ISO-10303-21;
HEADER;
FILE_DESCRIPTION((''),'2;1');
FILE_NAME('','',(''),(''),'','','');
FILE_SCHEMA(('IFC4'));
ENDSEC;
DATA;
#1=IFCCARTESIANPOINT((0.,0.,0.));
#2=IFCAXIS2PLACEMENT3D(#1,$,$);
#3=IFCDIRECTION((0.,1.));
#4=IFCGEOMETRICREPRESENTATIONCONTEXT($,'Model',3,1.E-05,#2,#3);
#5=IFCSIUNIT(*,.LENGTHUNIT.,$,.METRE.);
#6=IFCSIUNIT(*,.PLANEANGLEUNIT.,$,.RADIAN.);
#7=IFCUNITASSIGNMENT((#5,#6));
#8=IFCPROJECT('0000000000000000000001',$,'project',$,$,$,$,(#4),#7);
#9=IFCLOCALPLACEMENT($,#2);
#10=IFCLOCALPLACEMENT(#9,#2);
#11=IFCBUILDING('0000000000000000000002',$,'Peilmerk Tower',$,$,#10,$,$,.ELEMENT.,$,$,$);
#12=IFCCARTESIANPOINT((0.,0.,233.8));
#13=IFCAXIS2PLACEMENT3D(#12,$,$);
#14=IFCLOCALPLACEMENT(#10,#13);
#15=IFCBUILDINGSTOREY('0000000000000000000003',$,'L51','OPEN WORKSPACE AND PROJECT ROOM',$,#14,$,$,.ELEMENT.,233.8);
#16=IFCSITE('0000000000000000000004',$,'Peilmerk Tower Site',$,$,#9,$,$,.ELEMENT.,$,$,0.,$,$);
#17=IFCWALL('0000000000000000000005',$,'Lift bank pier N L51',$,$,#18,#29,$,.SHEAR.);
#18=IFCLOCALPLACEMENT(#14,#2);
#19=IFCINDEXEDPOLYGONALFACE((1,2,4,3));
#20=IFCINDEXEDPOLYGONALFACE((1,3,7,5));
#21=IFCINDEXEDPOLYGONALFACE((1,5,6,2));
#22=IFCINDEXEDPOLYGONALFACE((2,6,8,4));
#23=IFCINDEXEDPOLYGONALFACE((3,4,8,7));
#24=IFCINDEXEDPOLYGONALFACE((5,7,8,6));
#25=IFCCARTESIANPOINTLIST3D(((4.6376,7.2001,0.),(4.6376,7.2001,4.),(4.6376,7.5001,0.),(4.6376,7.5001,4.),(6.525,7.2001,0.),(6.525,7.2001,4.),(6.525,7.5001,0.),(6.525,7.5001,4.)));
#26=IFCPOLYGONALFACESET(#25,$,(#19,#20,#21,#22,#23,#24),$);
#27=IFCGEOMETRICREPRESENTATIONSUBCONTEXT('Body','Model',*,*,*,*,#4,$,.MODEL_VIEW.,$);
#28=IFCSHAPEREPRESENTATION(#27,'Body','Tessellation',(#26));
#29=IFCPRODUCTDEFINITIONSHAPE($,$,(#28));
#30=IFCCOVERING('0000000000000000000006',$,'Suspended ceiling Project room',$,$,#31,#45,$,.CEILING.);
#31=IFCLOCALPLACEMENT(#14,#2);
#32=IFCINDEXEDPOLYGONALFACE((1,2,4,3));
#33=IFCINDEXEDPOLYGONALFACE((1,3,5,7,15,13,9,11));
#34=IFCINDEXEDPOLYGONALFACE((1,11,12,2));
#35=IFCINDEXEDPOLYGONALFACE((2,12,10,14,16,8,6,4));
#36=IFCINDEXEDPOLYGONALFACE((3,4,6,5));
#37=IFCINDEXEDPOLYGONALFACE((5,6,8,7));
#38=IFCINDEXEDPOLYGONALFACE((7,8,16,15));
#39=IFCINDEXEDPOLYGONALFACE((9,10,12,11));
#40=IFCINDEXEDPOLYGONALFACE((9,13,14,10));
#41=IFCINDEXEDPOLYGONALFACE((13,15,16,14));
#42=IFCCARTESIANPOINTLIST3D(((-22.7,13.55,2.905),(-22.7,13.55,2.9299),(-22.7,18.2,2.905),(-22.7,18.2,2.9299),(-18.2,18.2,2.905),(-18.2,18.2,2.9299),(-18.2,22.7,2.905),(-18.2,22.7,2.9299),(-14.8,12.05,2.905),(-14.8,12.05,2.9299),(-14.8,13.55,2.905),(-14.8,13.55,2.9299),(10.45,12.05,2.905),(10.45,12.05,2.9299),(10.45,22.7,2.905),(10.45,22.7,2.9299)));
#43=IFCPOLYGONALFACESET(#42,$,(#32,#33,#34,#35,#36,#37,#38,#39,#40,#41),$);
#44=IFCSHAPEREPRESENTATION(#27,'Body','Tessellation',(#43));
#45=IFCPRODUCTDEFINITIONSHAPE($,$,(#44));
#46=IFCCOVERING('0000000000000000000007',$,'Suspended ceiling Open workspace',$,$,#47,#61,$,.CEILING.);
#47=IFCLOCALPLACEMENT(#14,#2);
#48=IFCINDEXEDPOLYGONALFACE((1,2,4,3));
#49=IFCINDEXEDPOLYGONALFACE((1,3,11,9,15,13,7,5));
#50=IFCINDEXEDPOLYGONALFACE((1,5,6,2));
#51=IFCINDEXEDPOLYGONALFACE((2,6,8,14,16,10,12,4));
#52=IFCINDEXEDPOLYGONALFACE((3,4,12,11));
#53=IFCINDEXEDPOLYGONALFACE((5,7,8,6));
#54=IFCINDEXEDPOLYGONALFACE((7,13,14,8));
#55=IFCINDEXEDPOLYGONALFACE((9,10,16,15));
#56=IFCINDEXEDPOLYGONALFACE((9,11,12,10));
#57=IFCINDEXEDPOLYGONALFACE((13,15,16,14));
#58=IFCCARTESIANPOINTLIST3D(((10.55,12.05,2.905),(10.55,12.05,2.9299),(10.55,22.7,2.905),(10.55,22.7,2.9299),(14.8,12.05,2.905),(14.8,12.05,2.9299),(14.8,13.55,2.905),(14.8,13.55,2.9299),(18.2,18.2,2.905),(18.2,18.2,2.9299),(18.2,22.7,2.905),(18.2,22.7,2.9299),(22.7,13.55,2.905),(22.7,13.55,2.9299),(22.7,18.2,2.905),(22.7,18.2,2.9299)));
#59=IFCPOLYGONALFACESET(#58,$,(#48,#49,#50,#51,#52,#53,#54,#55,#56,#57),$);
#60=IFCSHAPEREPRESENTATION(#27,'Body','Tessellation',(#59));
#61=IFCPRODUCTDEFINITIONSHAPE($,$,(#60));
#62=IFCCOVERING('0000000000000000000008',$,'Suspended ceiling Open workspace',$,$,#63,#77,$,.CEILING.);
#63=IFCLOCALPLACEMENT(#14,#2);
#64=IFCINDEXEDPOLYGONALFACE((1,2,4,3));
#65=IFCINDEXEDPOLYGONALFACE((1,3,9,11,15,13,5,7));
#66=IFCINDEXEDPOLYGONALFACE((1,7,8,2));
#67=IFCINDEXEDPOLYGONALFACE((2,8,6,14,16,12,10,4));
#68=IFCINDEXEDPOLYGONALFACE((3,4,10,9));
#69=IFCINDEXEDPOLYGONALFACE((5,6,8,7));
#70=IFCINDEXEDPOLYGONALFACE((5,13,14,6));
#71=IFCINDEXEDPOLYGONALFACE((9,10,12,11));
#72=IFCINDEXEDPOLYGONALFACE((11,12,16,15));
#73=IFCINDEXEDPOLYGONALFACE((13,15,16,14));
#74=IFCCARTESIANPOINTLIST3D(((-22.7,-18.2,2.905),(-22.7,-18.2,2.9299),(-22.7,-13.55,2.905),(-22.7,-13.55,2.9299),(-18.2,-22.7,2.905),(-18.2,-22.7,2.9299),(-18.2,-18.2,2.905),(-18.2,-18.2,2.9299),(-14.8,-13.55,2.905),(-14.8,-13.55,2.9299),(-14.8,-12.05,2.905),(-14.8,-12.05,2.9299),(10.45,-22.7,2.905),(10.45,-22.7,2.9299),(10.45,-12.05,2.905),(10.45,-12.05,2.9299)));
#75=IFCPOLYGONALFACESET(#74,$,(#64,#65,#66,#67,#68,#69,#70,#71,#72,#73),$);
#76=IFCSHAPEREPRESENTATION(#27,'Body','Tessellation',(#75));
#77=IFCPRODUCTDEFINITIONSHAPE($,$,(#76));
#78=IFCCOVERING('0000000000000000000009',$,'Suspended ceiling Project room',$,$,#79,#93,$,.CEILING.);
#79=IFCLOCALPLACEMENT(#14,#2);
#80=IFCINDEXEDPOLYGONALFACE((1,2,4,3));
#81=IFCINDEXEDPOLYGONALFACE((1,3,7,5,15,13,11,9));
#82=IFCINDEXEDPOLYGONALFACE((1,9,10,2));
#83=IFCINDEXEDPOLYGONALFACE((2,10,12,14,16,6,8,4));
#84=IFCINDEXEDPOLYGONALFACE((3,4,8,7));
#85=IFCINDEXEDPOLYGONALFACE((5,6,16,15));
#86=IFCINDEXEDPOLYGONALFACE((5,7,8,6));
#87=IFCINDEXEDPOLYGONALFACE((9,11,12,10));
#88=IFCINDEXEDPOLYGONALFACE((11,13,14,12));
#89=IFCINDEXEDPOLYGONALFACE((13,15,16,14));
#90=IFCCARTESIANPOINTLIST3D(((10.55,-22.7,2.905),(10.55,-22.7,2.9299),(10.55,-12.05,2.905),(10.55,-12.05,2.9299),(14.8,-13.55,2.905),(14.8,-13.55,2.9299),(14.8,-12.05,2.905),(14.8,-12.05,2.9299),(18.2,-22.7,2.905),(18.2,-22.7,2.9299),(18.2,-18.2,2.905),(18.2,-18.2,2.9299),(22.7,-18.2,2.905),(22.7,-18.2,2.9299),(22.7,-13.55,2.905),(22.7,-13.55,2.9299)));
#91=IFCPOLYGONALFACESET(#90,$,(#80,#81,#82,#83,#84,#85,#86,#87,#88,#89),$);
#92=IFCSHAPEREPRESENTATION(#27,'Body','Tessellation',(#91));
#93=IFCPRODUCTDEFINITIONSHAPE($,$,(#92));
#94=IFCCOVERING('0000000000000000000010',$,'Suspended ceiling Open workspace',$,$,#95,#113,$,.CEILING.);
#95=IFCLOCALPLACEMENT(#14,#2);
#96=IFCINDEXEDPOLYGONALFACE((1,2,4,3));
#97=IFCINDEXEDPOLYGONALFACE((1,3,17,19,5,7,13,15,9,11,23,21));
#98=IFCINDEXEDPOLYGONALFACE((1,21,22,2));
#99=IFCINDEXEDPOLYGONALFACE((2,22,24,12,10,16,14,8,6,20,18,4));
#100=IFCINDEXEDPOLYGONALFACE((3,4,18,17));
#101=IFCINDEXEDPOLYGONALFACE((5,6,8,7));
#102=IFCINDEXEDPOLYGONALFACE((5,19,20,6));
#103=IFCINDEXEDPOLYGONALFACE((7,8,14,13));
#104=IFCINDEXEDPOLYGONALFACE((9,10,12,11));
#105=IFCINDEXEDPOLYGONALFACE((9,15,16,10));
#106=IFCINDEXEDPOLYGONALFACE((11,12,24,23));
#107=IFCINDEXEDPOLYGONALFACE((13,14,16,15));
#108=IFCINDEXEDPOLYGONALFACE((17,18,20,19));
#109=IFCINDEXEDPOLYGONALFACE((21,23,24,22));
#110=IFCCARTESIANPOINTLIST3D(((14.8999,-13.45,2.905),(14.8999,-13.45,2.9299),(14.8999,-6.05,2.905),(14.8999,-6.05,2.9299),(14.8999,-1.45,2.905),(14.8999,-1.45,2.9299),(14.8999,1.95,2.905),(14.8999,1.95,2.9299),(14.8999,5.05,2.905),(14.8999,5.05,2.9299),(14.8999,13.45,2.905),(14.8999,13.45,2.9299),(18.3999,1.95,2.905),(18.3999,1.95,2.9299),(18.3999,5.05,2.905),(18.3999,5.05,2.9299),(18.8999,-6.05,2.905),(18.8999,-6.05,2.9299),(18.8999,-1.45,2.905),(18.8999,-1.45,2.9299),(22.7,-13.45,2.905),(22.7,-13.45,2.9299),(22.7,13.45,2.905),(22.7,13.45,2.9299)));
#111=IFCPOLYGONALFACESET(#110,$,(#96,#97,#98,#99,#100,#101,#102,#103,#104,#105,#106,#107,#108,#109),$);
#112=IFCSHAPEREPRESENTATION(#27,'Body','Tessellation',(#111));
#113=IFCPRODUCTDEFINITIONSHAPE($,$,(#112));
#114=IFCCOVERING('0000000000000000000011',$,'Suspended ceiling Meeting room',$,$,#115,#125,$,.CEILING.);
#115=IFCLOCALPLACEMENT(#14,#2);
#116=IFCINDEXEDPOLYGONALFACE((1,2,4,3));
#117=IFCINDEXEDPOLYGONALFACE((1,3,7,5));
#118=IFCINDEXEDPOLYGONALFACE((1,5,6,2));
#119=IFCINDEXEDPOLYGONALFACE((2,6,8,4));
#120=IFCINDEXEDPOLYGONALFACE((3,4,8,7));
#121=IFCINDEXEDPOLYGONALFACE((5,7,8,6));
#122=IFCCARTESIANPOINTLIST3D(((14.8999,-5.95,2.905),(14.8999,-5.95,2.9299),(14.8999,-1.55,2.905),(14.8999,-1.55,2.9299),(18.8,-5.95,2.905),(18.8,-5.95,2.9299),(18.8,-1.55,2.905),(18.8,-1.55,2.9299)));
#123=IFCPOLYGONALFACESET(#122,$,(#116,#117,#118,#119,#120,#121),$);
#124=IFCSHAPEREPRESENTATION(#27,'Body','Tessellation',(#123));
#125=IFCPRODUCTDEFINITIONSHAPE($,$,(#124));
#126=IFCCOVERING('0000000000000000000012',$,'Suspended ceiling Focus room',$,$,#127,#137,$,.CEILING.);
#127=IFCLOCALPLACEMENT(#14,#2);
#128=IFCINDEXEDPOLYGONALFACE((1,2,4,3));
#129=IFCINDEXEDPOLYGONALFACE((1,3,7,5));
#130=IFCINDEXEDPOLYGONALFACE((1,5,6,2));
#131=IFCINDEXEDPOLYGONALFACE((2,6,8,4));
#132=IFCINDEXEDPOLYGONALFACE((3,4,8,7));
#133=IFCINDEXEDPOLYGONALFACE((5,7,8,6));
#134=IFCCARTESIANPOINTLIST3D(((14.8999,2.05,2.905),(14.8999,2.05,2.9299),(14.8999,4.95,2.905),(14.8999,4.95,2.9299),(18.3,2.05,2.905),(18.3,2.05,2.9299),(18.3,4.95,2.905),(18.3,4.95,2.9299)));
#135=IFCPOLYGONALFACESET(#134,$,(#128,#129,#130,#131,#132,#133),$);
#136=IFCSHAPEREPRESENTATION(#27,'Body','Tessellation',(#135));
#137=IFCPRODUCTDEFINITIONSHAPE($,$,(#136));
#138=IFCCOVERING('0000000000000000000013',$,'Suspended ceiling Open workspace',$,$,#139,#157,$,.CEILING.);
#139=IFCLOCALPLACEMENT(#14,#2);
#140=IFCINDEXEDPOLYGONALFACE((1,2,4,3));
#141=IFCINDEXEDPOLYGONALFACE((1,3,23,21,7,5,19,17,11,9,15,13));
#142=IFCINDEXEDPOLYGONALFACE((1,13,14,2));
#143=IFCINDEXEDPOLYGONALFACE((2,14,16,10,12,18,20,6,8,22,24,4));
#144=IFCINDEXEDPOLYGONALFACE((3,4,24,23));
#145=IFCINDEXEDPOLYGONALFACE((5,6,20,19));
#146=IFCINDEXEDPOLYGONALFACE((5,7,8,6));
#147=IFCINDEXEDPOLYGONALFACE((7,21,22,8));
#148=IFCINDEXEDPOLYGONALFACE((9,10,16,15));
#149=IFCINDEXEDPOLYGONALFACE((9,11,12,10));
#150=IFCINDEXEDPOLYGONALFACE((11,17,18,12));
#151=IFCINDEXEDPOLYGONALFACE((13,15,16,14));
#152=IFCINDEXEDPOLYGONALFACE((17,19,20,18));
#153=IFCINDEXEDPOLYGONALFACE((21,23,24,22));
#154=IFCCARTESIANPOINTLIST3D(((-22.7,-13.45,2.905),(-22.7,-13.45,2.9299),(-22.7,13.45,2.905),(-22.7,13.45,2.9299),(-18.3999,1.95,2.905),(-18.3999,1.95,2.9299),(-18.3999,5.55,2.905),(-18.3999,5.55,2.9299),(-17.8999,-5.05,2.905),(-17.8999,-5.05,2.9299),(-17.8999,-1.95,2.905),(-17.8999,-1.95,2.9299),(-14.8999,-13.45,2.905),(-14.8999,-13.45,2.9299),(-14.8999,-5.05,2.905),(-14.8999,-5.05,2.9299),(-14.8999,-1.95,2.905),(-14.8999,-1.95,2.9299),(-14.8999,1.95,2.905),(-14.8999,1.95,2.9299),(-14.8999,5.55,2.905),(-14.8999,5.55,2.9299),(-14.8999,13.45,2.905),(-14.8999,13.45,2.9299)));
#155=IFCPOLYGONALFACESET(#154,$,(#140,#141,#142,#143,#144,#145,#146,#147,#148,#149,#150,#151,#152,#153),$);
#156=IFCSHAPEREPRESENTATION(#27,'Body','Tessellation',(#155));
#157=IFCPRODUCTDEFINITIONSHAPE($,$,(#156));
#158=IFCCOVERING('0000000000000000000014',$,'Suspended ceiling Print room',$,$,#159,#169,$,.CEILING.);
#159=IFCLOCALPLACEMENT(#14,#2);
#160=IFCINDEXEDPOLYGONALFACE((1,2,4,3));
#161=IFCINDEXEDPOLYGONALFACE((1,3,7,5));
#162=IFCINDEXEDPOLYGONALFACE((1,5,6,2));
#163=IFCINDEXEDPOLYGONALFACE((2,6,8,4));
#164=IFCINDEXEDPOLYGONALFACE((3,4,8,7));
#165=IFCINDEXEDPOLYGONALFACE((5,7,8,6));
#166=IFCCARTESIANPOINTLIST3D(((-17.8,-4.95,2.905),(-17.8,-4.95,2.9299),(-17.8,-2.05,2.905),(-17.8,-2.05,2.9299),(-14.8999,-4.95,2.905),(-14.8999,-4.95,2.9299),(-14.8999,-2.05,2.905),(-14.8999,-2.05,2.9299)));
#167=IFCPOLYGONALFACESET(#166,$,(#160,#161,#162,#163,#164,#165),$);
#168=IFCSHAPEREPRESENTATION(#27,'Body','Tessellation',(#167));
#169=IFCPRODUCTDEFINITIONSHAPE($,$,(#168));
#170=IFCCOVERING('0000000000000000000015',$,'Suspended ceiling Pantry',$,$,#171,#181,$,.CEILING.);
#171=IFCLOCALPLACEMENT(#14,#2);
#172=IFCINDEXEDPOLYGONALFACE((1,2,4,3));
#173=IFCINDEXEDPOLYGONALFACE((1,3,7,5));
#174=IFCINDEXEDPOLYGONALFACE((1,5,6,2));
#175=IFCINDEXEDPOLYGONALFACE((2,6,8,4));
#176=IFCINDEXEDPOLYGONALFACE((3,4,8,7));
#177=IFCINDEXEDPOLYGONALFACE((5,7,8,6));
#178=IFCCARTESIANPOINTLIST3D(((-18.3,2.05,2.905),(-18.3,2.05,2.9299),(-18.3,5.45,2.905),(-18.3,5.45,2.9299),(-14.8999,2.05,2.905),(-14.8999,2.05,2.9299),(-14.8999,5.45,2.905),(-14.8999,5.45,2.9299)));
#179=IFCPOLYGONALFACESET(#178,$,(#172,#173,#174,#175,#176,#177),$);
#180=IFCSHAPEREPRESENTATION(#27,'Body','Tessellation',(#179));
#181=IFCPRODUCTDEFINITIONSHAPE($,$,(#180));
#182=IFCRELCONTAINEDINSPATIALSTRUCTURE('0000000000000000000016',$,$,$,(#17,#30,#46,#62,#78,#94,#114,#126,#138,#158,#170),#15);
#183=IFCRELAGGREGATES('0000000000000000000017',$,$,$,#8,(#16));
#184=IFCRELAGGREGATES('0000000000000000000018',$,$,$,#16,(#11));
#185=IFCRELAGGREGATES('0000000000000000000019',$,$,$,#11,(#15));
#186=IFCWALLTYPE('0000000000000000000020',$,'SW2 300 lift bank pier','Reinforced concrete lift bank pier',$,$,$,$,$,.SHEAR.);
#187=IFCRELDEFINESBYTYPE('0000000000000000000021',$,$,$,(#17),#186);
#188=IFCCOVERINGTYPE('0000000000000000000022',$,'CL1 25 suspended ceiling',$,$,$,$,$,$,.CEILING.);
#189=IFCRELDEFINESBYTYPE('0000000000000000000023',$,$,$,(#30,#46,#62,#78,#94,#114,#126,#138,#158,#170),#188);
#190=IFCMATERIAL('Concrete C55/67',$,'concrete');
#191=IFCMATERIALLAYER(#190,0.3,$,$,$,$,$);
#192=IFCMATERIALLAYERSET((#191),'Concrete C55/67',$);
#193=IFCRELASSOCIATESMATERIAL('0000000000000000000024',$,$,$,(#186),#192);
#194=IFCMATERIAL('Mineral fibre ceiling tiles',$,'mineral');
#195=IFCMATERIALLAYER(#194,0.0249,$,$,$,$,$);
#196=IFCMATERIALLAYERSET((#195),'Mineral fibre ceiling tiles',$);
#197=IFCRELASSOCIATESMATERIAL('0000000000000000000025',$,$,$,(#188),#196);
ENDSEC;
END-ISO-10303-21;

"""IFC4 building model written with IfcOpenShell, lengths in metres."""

from ifc_helpers import new_model, si_unit, direction, frame, frame_2d, origin, place, context, subcontext, project, spatial, polyline, rectangle, outline, extrude, material, layer, layer_set, type_object, element, save


model = new_model("IFC4")

# Units and contexts
model_context = context("Model", 3, precision=1e-05, world=origin(), true_north=direction((0.0, 1.0)))
body_context = subcontext(model_context, "Body", "Model", "MODEL_VIEW")
ifc_project = project(units=[si_unit("LENGTHUNIT", "METRE"), si_unit("PLANEANGLEUNIT", "RADIAN")], contexts=[model_context])

# Site, building, storey
site_placement = place(None, origin())
site = spatial("IfcSite", under=ifc_project, at=site_placement, Name="Peilmerk Tower Site", CompositionType="ELEMENT", RefElevation=0.0)
building_placement = place(site_placement, origin())
building = spatial("IfcBuilding", under=site, at=building_placement, Name="Peilmerk Tower", CompositionType="ELEMENT")
storey_placement = place(building_placement, frame((0.0, 0.0, 233.8)))
storey = spatial("IfcBuildingStorey", under=building, at=storey_placement, Name="L51", Description="OPEN WORKSPACE AND PROJECT ROOM", CompositionType="ELEMENT", Elevation=233.8)

# Wall
ifc_material_1 = material(Name="Concrete C55/67", Category="concrete")
ifc_layer_1 = layer(ifc_material_1, 0.3)
ifc_layer_set_1 = layer_set([ifc_layer_1], Name="Concrete C55/67")
wall_type_1 = type_object("IfcWallType", Name="SW2 300 lift bank pier", Description="Reinforced concrete lift bank pier", PredefinedType="SHEAR", material=ifc_layer_set_1)
wall_1_placement = place(storey_placement, frame((4.6375, 7.3501, 0.0), z_axis=(0.0, 0.0, 1.0), x_axis=(1.0, 0.0, 0.0)))
element("IfcWall", 1, at=wall_1_placement, inside=storey, type_object=wall_type_1, Name="Lift bank pier N L51", PredefinedType="SHEAR", context=body_context, shape_type="SweptSolid", body=[
    extrude(rectangle(XDim=1.8875, YDim=0.3, at=frame_2d((0.9438, 0.0))), origin(), (0.0, 0.0, 1.0), 4.0),
])

# Coverings
ifc_material_2 = material(Name="Mineral fibre ceiling tiles", Category="mineral")
ifc_layer_2 = layer(ifc_material_2, 0.0249)
ifc_layer_set_2 = layer_set([ifc_layer_2], Name="Mineral fibre ceiling tiles")
covering_type = type_object("IfcCoveringType", Name="CL1 25 suspended ceiling", PredefinedType="CEILING", material=ifc_layer_set_2)
covering_1_placement = place(storey_placement, frame((0.0, 0.0, 2.905)))
element("IfcCovering", 2, at=covering_1_placement, inside=storey, type_object=covering_type, Name="Suspended ceiling Project room", PredefinedType="CEILING", context=body_context, shape_type="SweptSolid", body=[
    extrude(outline(polyline([(-22.7, 18.2), (-22.7, 13.55), (-14.8, 13.55), (-14.8, 12.05), (10.45, 12.05), (10.45, 22.7), (-18.2, 22.7), (-18.2, 18.2), (-22.7, 18.2)])), origin(), (0.0, 0.0, 1.0), 0.0249),
])
covering_2_placement = place(storey_placement, frame((0.0, 0.0, 2.905)))
element("IfcCovering", 3, at=covering_2_placement, inside=storey, type_object=covering_type, Name="Suspended ceiling Open workspace", PredefinedType="CEILING", context=body_context, shape_type="SweptSolid", body=[
    extrude(outline(polyline([(18.2, 22.7), (10.55, 22.7), (10.55, 12.05), (14.8, 12.05), (14.8, 13.55), (22.7, 13.55), (22.7, 18.2), (18.2, 18.2), (18.2, 22.7)])), origin(), (0.0, 0.0, 1.0), 0.0249),
])
covering_3_placement = place(storey_placement, frame((0.0, 0.0, 2.905)))
element("IfcCovering", 4, at=covering_3_placement, inside=storey, type_object=covering_type, Name="Suspended ceiling Open workspace", PredefinedType="CEILING", context=body_context, shape_type="SweptSolid", body=[
    extrude(outline(polyline([(-18.2, -22.7), (10.45, -22.7), (10.45, -12.05), (-14.8, -12.05), (-14.8, -13.55), (-22.7, -13.55), (-22.7, -18.2), (-18.2, -18.2), (-18.2, -22.7)])), origin(), (0.0, 0.0, 1.0), 0.0249),
])
covering_4_placement = place(storey_placement, frame((0.0, 0.0, 2.905)))
element("IfcCovering", 5, at=covering_4_placement, inside=storey, type_object=covering_type, Name="Suspended ceiling Project room", PredefinedType="CEILING", context=body_context, shape_type="SweptSolid", body=[
    extrude(outline(polyline([(10.55, -22.7), (18.2, -22.7), (18.2, -18.2), (22.7, -18.2), (22.7, -13.55), (14.8, -13.55), (14.8, -12.05), (10.55, -12.05), (10.55, -22.7)])), origin(), (0.0, 0.0, 1.0), 0.0249),
])
covering_5_placement = place(storey_placement, frame((0.0, 0.0, 2.905)))
element("IfcCovering", 6, at=covering_5_placement, inside=storey, type_object=covering_type, Name="Suspended ceiling Open workspace", PredefinedType="CEILING", context=body_context, shape_type="SweptSolid", body=[
    extrude(outline(polyline([(14.8999, -13.45), (22.7, -13.45), (22.7, 13.45), (14.8999, 13.45), (14.8999, 5.05), (18.3999, 5.05), (18.3999, 1.95), (14.8999, 1.95), (14.8999, -1.45), (18.8999, -1.45), (18.8999, -6.05), (14.8999, -6.05), (14.8999, -13.45)])), origin(), (0.0, 0.0, 1.0), 0.0249),
])
covering_6_placement = place(storey_placement, frame((0.0, 0.0, 2.905)))
element("IfcCovering", 7, at=covering_6_placement, inside=storey, type_object=covering_type, Name="Suspended ceiling Meeting room", PredefinedType="CEILING", context=body_context, shape_type="SweptSolid", body=[
    extrude(outline(polyline([(18.8, -5.95), (18.8, -1.55), (14.8999, -1.55), (14.8999, -5.95), (18.8, -5.95)])), origin(), (0.0, 0.0, 1.0), 0.0249),
])
covering_7_placement = place(storey_placement, frame((0.0, 0.0, 2.905)))
element("IfcCovering", 8, at=covering_7_placement, inside=storey, type_object=covering_type, Name="Suspended ceiling Focus room", PredefinedType="CEILING", context=body_context, shape_type="SweptSolid", body=[
    extrude(outline(polyline([(18.3, 2.05), (18.3, 4.95), (14.8999, 4.95), (14.8999, 2.05), (18.3, 2.05)])), origin(), (0.0, 0.0, 1.0), 0.0249),
])
covering_8_placement = place(storey_placement, frame((0.0, 0.0, 2.905)))
element("IfcCovering", 9, at=covering_8_placement, inside=storey, type_object=covering_type, Name="Suspended ceiling Open workspace", PredefinedType="CEILING", context=body_context, shape_type="SweptSolid", body=[
    extrude(outline(polyline([(-14.8999, 13.45), (-22.7, 13.45), (-22.7, -13.45), (-14.8999, -13.45), (-14.8999, -5.05), (-17.8999, -5.05), (-17.8999, -1.95), (-14.8999, -1.95), (-14.8999, 1.95), (-18.3999, 1.95), (-18.3999, 5.55), (-14.8999, 5.55), (-14.8999, 13.45)])), origin(), (0.0, 0.0, 1.0), 0.0249),
])
covering_9_placement = place(storey_placement, frame((0.0, 0.0, 2.905)))
element("IfcCovering", 10, at=covering_9_placement, inside=storey, type_object=covering_type, Name="Suspended ceiling Print room", PredefinedType="CEILING", context=body_context, shape_type="SweptSolid", body=[
    extrude(outline(polyline([(-14.8999, -4.95), (-14.8999, -2.05), (-17.8, -2.05), (-17.8, -4.95), (-14.8999, -4.95)])), origin(), (0.0, 0.0, 1.0), 0.0249),
])
covering_10_placement = place(storey_placement, frame((0.0, 0.0, 2.905)))
element("IfcCovering", 11, at=covering_10_placement, inside=storey, type_object=covering_type, Name="Suspended ceiling Pantry", PredefinedType="CEILING", context=body_context, shape_type="SweptSolid", body=[
    extrude(outline(polyline([(-14.8999, 2.05), (-14.8999, 5.45), (-18.3, 5.45), (-18.3, 2.05), (-14.8999, 2.05)])), origin(), (0.0, 0.0, 1.0), 0.0249),
])

save(model, "model.ifc")
